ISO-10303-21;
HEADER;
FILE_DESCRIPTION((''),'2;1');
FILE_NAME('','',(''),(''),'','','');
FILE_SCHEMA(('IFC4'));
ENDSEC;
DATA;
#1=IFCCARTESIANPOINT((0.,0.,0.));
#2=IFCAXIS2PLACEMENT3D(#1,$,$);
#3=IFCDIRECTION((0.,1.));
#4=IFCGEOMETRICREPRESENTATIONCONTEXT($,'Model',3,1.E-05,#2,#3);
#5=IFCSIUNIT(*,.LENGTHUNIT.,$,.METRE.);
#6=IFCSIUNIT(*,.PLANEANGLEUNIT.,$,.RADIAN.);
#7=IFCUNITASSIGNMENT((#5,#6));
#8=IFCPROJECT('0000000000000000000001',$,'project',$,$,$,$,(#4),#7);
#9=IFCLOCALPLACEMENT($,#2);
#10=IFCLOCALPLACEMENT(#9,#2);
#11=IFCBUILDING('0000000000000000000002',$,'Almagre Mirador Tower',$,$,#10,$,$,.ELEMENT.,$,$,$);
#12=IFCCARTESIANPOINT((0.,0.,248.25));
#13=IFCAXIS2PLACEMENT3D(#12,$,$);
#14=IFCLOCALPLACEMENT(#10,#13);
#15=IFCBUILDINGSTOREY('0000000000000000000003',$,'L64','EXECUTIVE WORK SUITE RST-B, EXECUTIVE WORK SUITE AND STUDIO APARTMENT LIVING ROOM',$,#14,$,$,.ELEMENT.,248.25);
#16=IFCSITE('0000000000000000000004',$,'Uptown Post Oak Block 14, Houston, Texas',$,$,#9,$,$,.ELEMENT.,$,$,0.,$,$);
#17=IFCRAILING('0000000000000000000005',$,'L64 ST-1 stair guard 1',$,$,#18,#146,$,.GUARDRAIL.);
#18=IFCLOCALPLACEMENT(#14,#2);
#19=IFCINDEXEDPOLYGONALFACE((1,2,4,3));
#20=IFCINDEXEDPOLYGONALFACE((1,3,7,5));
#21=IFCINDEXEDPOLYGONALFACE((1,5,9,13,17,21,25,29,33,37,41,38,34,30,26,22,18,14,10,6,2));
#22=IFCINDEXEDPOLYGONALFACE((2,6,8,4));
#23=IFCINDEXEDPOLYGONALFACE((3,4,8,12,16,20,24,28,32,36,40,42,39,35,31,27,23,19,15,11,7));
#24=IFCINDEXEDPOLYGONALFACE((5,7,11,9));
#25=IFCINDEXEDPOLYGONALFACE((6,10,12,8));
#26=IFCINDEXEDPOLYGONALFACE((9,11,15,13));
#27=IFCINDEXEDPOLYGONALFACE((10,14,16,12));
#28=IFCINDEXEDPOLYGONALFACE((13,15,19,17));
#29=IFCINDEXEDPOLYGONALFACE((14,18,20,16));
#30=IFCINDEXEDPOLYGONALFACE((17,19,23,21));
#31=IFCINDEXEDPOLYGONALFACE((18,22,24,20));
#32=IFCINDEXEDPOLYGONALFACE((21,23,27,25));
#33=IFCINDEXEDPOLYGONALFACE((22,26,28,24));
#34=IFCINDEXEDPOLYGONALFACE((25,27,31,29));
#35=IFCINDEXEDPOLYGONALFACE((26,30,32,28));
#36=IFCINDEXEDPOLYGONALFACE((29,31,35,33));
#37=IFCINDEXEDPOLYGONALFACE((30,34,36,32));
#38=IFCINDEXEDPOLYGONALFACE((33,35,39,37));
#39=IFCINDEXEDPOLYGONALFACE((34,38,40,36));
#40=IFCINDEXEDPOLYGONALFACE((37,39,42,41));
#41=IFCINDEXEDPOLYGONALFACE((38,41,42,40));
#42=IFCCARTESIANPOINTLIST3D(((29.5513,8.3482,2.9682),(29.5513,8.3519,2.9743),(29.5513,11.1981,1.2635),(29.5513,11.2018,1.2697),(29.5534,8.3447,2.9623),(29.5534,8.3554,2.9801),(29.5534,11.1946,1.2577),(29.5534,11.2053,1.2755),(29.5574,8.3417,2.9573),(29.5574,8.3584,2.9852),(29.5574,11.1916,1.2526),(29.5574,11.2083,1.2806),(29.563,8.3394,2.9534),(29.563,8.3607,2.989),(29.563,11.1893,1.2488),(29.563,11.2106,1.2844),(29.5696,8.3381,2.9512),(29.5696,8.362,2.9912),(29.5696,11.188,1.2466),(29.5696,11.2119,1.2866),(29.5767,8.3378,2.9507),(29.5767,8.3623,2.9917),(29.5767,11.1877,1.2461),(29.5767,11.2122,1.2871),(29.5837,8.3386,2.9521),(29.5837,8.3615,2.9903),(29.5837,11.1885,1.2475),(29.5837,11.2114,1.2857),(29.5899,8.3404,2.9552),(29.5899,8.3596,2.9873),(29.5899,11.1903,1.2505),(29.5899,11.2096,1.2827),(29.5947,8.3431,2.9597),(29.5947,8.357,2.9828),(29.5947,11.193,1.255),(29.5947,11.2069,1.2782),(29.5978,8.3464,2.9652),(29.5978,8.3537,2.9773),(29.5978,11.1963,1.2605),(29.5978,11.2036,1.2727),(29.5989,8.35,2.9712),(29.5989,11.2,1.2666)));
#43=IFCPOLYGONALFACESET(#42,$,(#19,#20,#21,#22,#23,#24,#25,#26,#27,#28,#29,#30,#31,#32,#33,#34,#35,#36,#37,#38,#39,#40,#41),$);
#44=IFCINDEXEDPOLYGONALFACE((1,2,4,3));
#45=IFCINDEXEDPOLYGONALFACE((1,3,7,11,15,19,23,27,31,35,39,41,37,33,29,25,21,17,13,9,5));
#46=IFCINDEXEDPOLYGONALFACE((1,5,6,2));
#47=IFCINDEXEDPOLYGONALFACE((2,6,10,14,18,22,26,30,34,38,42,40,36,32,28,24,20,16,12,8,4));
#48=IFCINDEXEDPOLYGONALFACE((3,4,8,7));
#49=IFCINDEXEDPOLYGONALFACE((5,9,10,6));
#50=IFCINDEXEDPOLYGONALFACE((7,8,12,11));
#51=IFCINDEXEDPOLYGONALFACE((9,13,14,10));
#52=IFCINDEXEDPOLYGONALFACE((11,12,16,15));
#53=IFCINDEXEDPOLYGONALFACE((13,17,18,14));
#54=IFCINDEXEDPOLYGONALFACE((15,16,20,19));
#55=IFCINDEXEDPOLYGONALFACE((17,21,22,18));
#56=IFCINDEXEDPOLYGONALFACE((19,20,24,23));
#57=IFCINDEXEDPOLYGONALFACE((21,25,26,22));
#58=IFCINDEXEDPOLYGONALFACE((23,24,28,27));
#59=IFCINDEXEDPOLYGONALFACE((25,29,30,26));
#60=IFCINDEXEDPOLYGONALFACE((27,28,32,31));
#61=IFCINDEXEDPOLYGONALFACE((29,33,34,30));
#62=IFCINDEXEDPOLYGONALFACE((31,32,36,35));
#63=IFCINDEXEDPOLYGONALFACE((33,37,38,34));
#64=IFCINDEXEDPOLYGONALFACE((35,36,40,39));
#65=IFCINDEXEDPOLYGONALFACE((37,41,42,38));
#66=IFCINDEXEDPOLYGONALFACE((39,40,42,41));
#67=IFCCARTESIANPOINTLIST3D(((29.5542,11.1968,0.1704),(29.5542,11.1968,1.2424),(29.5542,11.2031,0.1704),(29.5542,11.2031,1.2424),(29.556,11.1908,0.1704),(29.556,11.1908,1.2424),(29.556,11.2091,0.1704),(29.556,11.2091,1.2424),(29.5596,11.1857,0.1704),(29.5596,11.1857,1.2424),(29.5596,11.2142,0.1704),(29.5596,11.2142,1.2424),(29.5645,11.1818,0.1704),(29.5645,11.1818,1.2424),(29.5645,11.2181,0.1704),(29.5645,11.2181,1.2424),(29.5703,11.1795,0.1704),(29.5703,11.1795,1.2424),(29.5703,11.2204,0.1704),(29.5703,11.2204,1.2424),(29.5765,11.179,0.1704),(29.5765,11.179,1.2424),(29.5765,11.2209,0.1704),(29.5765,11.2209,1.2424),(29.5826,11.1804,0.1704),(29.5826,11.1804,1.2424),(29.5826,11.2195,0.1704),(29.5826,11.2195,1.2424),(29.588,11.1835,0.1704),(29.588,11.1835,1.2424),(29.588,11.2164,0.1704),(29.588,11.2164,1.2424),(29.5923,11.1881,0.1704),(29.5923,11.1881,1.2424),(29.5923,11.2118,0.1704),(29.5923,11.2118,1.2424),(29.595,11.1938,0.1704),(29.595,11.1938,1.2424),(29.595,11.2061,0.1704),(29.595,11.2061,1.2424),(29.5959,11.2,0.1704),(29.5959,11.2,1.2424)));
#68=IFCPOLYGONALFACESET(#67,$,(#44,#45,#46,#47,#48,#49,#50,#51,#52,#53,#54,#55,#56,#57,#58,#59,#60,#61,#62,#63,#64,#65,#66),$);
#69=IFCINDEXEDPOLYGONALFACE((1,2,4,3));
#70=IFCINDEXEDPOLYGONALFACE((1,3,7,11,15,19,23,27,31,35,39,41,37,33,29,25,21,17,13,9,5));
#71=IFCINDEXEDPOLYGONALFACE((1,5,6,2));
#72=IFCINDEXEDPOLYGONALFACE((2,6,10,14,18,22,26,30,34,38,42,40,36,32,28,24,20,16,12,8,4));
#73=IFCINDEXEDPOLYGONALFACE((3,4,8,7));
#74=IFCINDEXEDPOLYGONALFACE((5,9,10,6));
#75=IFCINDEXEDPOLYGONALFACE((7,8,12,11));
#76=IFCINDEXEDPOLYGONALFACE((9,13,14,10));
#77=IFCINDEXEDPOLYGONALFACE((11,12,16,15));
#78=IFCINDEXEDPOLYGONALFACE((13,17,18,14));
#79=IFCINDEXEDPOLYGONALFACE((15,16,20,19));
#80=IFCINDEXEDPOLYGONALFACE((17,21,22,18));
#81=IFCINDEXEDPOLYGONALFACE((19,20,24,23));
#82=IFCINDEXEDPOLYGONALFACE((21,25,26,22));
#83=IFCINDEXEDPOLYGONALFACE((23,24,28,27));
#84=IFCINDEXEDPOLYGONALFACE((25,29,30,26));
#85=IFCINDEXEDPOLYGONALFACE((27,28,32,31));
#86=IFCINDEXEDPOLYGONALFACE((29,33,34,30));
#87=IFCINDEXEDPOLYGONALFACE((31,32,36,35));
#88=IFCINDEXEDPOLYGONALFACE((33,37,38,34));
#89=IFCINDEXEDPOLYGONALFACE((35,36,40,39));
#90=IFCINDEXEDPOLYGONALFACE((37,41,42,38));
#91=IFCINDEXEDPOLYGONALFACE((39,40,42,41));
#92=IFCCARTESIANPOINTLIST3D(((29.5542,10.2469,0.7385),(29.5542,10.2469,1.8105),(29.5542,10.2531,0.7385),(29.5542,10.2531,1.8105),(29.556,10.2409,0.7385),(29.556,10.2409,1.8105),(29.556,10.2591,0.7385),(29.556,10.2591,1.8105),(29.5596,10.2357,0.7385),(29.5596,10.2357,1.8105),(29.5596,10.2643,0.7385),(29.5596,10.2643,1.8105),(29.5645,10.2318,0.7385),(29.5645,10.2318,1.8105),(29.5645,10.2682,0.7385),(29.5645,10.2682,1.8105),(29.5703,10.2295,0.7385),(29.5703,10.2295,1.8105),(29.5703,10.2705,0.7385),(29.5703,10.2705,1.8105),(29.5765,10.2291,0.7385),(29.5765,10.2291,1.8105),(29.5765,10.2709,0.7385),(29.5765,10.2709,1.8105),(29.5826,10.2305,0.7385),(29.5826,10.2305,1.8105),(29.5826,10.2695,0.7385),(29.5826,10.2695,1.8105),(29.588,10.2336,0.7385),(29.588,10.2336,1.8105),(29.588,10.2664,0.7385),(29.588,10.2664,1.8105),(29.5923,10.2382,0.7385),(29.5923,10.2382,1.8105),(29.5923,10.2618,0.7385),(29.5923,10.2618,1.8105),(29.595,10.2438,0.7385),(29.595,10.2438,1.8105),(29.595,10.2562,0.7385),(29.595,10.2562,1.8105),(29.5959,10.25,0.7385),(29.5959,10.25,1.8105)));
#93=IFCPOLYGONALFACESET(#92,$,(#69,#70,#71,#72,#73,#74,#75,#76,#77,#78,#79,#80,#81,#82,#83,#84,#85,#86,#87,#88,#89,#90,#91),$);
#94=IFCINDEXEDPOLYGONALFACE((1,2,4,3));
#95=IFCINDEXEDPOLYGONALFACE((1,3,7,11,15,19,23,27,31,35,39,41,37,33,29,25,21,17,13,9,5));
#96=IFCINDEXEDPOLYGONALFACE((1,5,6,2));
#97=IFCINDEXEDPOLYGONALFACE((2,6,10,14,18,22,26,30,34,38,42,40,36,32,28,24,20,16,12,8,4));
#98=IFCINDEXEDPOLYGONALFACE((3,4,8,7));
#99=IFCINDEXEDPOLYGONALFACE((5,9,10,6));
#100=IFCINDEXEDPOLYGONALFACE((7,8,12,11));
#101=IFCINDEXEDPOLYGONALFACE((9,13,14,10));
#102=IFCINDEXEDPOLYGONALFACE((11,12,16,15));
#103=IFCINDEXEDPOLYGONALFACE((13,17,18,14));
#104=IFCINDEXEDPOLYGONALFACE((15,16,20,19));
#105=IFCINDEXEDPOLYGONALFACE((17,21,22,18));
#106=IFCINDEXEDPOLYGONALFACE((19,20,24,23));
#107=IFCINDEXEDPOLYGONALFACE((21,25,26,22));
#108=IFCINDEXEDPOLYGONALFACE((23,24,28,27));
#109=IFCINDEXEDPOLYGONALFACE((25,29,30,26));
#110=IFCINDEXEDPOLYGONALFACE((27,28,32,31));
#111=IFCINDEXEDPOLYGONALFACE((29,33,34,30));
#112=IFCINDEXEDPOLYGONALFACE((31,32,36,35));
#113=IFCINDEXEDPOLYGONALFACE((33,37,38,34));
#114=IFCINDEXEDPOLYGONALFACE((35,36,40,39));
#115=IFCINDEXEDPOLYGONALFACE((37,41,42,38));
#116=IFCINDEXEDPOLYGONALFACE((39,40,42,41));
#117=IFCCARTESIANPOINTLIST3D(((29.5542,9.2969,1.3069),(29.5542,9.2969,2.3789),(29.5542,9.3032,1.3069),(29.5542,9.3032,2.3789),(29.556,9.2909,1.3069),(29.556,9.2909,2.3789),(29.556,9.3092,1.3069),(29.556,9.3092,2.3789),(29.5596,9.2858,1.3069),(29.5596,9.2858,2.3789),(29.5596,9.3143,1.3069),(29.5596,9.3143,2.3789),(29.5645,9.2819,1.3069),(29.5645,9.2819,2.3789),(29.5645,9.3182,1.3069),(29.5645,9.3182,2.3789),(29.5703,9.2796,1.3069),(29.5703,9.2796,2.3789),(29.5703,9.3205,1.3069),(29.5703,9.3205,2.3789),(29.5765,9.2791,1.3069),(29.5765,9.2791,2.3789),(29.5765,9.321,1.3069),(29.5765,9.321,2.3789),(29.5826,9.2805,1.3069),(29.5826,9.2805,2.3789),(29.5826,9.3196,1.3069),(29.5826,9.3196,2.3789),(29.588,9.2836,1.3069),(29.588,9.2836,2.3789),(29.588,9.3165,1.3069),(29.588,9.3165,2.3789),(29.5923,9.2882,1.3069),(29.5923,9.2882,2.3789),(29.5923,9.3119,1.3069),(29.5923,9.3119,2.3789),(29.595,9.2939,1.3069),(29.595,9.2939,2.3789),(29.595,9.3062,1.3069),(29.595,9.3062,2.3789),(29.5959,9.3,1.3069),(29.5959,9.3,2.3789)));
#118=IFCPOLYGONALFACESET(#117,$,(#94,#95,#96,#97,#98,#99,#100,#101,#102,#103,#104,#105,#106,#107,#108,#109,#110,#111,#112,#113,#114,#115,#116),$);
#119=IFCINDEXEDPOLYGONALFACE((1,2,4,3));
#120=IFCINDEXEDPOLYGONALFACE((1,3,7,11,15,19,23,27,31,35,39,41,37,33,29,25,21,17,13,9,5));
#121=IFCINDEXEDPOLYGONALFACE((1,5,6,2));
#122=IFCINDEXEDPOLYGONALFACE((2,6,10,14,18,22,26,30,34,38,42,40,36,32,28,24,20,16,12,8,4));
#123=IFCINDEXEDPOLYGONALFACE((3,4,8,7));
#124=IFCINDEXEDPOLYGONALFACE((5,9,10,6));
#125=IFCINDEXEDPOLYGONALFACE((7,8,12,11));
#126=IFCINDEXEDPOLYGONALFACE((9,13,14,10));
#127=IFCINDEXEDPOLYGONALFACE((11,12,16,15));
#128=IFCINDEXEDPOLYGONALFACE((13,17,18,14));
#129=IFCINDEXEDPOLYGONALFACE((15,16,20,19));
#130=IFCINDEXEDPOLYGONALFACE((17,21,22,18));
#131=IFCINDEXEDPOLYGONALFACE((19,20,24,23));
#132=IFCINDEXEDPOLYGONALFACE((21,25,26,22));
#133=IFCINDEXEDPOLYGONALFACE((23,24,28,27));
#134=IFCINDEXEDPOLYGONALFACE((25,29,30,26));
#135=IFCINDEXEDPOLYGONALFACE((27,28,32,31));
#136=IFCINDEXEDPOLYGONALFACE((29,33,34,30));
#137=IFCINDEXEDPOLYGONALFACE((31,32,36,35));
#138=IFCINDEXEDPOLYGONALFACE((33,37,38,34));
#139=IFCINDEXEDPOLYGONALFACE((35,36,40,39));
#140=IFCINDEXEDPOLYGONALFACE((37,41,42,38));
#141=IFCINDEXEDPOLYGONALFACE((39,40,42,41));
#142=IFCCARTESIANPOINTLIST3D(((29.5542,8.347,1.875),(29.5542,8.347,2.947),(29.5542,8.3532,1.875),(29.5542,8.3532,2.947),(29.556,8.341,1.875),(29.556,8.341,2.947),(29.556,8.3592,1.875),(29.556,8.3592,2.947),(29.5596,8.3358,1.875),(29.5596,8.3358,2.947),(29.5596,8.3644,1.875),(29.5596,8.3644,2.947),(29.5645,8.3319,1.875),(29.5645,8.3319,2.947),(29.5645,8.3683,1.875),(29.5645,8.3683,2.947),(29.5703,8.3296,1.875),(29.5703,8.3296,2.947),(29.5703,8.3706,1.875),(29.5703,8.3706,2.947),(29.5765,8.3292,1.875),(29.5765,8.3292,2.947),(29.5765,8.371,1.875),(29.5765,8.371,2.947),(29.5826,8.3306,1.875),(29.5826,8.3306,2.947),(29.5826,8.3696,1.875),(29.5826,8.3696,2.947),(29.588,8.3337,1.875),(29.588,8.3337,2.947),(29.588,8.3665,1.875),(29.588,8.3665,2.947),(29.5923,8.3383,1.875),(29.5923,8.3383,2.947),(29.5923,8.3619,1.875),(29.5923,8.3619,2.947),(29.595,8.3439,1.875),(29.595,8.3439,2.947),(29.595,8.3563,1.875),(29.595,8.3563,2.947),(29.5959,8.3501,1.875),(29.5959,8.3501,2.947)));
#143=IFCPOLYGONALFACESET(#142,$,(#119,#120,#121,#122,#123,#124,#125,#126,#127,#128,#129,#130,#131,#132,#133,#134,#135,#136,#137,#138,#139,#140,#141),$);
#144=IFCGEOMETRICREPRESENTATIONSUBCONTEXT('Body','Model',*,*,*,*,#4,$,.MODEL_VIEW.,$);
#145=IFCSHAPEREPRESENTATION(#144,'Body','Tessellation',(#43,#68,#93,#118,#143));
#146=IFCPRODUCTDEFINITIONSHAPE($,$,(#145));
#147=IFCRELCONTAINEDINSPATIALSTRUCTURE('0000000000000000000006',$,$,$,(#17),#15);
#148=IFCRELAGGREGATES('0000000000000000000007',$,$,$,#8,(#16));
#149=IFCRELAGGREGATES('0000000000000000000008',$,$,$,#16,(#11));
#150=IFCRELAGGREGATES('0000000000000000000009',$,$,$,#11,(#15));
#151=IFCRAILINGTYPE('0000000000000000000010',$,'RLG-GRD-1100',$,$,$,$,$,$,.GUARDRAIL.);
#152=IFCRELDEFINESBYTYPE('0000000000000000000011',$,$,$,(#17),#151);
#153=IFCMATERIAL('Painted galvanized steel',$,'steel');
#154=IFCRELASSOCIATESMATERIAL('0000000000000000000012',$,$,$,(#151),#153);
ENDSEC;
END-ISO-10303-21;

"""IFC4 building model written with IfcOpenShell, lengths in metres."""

from ifc_helpers import new_model, si_unit, direction, frame, origin, origin_2d, place, context, subcontext, project, spatial, circle, extrude, material, type_object, element, save


model = new_model("IFC4")

# Units and contexts
model_context = context("Model", 3, precision=1e-05, world=origin(), true_north=direction((0.0, 1.0)))
body_context = subcontext(model_context, "Body", "Model", "MODEL_VIEW")
ifc_project = project(units=[si_unit("LENGTHUNIT", "METRE"), si_unit("PLANEANGLEUNIT", "RADIAN")], contexts=[model_context])

# Site, building, storey
site_placement = place(None, origin())
site = spatial("IfcSite", under=ifc_project, at=site_placement, Name="Uptown Post Oak Block 14, Houston, Texas", CompositionType="ELEMENT", RefElevation=0.0)
building_placement = place(site_placement, origin())
building = spatial("IfcBuilding", under=site, at=building_placement, Name="Almagre Mirador Tower", CompositionType="ELEMENT")
storey_placement = place(building_placement, frame((0.0, 0.0, 248.25)))
storey = spatial("IfcBuildingStorey", under=building, at=storey_placement, Name="L64", Description="EXECUTIVE WORK SUITE RST-B, EXECUTIVE WORK SUITE AND STUDIO APARTMENT LIVING ROOM", CompositionType="ELEMENT", Elevation=248.25)

# Railing
ifc_material_1 = material(Name="Painted galvanized steel", Category="steel")
railing_type_1 = type_object("IfcRailingType", Name="RLG-GRD-1100", PredefinedType="GUARDRAIL", material=ifc_material_1)
railing_1_placement = place(storey_placement, frame((29.575, 11.2, 0.1704)))
element("IfcRailing", 1, at=railing_1_placement, inside=storey, type_object=railing_type_1, Name="L64 ST-1 stair guard 1", PredefinedType="GUARDRAIL", context=body_context, shape_type="SweptSolid", body=[
    extrude(circle(Radius=0.0239, at=origin_2d()), frame((0.0, 0.0, 1.0962), z_axis=(0.0, -0.858199, 0.513317), x_axis=(1.0, 0.0, 0.0)), (0.0, 0.0, 1.0), 3.3208),
    extrude(circle(Radius=0.021, at=origin_2d()), origin(), (0.0, 0.0, 1.0), 1.072),
    extrude(circle(Radius=0.021, at=origin_2d()), frame((0.0, -0.95, 0.5681)), (0.0, 0.0, 1.0), 1.072),
    extrude(circle(Radius=0.021, at=origin_2d()), frame((0.0, -1.8999, 1.1365)), (0.0, 0.0, 1.0), 1.072),
    extrude(circle(Radius=0.021, at=origin_2d()), frame((0.0, -2.8499, 1.7046)), (0.0, 0.0, 1.0), 1.072),
])

save(model, "model.ifc")
